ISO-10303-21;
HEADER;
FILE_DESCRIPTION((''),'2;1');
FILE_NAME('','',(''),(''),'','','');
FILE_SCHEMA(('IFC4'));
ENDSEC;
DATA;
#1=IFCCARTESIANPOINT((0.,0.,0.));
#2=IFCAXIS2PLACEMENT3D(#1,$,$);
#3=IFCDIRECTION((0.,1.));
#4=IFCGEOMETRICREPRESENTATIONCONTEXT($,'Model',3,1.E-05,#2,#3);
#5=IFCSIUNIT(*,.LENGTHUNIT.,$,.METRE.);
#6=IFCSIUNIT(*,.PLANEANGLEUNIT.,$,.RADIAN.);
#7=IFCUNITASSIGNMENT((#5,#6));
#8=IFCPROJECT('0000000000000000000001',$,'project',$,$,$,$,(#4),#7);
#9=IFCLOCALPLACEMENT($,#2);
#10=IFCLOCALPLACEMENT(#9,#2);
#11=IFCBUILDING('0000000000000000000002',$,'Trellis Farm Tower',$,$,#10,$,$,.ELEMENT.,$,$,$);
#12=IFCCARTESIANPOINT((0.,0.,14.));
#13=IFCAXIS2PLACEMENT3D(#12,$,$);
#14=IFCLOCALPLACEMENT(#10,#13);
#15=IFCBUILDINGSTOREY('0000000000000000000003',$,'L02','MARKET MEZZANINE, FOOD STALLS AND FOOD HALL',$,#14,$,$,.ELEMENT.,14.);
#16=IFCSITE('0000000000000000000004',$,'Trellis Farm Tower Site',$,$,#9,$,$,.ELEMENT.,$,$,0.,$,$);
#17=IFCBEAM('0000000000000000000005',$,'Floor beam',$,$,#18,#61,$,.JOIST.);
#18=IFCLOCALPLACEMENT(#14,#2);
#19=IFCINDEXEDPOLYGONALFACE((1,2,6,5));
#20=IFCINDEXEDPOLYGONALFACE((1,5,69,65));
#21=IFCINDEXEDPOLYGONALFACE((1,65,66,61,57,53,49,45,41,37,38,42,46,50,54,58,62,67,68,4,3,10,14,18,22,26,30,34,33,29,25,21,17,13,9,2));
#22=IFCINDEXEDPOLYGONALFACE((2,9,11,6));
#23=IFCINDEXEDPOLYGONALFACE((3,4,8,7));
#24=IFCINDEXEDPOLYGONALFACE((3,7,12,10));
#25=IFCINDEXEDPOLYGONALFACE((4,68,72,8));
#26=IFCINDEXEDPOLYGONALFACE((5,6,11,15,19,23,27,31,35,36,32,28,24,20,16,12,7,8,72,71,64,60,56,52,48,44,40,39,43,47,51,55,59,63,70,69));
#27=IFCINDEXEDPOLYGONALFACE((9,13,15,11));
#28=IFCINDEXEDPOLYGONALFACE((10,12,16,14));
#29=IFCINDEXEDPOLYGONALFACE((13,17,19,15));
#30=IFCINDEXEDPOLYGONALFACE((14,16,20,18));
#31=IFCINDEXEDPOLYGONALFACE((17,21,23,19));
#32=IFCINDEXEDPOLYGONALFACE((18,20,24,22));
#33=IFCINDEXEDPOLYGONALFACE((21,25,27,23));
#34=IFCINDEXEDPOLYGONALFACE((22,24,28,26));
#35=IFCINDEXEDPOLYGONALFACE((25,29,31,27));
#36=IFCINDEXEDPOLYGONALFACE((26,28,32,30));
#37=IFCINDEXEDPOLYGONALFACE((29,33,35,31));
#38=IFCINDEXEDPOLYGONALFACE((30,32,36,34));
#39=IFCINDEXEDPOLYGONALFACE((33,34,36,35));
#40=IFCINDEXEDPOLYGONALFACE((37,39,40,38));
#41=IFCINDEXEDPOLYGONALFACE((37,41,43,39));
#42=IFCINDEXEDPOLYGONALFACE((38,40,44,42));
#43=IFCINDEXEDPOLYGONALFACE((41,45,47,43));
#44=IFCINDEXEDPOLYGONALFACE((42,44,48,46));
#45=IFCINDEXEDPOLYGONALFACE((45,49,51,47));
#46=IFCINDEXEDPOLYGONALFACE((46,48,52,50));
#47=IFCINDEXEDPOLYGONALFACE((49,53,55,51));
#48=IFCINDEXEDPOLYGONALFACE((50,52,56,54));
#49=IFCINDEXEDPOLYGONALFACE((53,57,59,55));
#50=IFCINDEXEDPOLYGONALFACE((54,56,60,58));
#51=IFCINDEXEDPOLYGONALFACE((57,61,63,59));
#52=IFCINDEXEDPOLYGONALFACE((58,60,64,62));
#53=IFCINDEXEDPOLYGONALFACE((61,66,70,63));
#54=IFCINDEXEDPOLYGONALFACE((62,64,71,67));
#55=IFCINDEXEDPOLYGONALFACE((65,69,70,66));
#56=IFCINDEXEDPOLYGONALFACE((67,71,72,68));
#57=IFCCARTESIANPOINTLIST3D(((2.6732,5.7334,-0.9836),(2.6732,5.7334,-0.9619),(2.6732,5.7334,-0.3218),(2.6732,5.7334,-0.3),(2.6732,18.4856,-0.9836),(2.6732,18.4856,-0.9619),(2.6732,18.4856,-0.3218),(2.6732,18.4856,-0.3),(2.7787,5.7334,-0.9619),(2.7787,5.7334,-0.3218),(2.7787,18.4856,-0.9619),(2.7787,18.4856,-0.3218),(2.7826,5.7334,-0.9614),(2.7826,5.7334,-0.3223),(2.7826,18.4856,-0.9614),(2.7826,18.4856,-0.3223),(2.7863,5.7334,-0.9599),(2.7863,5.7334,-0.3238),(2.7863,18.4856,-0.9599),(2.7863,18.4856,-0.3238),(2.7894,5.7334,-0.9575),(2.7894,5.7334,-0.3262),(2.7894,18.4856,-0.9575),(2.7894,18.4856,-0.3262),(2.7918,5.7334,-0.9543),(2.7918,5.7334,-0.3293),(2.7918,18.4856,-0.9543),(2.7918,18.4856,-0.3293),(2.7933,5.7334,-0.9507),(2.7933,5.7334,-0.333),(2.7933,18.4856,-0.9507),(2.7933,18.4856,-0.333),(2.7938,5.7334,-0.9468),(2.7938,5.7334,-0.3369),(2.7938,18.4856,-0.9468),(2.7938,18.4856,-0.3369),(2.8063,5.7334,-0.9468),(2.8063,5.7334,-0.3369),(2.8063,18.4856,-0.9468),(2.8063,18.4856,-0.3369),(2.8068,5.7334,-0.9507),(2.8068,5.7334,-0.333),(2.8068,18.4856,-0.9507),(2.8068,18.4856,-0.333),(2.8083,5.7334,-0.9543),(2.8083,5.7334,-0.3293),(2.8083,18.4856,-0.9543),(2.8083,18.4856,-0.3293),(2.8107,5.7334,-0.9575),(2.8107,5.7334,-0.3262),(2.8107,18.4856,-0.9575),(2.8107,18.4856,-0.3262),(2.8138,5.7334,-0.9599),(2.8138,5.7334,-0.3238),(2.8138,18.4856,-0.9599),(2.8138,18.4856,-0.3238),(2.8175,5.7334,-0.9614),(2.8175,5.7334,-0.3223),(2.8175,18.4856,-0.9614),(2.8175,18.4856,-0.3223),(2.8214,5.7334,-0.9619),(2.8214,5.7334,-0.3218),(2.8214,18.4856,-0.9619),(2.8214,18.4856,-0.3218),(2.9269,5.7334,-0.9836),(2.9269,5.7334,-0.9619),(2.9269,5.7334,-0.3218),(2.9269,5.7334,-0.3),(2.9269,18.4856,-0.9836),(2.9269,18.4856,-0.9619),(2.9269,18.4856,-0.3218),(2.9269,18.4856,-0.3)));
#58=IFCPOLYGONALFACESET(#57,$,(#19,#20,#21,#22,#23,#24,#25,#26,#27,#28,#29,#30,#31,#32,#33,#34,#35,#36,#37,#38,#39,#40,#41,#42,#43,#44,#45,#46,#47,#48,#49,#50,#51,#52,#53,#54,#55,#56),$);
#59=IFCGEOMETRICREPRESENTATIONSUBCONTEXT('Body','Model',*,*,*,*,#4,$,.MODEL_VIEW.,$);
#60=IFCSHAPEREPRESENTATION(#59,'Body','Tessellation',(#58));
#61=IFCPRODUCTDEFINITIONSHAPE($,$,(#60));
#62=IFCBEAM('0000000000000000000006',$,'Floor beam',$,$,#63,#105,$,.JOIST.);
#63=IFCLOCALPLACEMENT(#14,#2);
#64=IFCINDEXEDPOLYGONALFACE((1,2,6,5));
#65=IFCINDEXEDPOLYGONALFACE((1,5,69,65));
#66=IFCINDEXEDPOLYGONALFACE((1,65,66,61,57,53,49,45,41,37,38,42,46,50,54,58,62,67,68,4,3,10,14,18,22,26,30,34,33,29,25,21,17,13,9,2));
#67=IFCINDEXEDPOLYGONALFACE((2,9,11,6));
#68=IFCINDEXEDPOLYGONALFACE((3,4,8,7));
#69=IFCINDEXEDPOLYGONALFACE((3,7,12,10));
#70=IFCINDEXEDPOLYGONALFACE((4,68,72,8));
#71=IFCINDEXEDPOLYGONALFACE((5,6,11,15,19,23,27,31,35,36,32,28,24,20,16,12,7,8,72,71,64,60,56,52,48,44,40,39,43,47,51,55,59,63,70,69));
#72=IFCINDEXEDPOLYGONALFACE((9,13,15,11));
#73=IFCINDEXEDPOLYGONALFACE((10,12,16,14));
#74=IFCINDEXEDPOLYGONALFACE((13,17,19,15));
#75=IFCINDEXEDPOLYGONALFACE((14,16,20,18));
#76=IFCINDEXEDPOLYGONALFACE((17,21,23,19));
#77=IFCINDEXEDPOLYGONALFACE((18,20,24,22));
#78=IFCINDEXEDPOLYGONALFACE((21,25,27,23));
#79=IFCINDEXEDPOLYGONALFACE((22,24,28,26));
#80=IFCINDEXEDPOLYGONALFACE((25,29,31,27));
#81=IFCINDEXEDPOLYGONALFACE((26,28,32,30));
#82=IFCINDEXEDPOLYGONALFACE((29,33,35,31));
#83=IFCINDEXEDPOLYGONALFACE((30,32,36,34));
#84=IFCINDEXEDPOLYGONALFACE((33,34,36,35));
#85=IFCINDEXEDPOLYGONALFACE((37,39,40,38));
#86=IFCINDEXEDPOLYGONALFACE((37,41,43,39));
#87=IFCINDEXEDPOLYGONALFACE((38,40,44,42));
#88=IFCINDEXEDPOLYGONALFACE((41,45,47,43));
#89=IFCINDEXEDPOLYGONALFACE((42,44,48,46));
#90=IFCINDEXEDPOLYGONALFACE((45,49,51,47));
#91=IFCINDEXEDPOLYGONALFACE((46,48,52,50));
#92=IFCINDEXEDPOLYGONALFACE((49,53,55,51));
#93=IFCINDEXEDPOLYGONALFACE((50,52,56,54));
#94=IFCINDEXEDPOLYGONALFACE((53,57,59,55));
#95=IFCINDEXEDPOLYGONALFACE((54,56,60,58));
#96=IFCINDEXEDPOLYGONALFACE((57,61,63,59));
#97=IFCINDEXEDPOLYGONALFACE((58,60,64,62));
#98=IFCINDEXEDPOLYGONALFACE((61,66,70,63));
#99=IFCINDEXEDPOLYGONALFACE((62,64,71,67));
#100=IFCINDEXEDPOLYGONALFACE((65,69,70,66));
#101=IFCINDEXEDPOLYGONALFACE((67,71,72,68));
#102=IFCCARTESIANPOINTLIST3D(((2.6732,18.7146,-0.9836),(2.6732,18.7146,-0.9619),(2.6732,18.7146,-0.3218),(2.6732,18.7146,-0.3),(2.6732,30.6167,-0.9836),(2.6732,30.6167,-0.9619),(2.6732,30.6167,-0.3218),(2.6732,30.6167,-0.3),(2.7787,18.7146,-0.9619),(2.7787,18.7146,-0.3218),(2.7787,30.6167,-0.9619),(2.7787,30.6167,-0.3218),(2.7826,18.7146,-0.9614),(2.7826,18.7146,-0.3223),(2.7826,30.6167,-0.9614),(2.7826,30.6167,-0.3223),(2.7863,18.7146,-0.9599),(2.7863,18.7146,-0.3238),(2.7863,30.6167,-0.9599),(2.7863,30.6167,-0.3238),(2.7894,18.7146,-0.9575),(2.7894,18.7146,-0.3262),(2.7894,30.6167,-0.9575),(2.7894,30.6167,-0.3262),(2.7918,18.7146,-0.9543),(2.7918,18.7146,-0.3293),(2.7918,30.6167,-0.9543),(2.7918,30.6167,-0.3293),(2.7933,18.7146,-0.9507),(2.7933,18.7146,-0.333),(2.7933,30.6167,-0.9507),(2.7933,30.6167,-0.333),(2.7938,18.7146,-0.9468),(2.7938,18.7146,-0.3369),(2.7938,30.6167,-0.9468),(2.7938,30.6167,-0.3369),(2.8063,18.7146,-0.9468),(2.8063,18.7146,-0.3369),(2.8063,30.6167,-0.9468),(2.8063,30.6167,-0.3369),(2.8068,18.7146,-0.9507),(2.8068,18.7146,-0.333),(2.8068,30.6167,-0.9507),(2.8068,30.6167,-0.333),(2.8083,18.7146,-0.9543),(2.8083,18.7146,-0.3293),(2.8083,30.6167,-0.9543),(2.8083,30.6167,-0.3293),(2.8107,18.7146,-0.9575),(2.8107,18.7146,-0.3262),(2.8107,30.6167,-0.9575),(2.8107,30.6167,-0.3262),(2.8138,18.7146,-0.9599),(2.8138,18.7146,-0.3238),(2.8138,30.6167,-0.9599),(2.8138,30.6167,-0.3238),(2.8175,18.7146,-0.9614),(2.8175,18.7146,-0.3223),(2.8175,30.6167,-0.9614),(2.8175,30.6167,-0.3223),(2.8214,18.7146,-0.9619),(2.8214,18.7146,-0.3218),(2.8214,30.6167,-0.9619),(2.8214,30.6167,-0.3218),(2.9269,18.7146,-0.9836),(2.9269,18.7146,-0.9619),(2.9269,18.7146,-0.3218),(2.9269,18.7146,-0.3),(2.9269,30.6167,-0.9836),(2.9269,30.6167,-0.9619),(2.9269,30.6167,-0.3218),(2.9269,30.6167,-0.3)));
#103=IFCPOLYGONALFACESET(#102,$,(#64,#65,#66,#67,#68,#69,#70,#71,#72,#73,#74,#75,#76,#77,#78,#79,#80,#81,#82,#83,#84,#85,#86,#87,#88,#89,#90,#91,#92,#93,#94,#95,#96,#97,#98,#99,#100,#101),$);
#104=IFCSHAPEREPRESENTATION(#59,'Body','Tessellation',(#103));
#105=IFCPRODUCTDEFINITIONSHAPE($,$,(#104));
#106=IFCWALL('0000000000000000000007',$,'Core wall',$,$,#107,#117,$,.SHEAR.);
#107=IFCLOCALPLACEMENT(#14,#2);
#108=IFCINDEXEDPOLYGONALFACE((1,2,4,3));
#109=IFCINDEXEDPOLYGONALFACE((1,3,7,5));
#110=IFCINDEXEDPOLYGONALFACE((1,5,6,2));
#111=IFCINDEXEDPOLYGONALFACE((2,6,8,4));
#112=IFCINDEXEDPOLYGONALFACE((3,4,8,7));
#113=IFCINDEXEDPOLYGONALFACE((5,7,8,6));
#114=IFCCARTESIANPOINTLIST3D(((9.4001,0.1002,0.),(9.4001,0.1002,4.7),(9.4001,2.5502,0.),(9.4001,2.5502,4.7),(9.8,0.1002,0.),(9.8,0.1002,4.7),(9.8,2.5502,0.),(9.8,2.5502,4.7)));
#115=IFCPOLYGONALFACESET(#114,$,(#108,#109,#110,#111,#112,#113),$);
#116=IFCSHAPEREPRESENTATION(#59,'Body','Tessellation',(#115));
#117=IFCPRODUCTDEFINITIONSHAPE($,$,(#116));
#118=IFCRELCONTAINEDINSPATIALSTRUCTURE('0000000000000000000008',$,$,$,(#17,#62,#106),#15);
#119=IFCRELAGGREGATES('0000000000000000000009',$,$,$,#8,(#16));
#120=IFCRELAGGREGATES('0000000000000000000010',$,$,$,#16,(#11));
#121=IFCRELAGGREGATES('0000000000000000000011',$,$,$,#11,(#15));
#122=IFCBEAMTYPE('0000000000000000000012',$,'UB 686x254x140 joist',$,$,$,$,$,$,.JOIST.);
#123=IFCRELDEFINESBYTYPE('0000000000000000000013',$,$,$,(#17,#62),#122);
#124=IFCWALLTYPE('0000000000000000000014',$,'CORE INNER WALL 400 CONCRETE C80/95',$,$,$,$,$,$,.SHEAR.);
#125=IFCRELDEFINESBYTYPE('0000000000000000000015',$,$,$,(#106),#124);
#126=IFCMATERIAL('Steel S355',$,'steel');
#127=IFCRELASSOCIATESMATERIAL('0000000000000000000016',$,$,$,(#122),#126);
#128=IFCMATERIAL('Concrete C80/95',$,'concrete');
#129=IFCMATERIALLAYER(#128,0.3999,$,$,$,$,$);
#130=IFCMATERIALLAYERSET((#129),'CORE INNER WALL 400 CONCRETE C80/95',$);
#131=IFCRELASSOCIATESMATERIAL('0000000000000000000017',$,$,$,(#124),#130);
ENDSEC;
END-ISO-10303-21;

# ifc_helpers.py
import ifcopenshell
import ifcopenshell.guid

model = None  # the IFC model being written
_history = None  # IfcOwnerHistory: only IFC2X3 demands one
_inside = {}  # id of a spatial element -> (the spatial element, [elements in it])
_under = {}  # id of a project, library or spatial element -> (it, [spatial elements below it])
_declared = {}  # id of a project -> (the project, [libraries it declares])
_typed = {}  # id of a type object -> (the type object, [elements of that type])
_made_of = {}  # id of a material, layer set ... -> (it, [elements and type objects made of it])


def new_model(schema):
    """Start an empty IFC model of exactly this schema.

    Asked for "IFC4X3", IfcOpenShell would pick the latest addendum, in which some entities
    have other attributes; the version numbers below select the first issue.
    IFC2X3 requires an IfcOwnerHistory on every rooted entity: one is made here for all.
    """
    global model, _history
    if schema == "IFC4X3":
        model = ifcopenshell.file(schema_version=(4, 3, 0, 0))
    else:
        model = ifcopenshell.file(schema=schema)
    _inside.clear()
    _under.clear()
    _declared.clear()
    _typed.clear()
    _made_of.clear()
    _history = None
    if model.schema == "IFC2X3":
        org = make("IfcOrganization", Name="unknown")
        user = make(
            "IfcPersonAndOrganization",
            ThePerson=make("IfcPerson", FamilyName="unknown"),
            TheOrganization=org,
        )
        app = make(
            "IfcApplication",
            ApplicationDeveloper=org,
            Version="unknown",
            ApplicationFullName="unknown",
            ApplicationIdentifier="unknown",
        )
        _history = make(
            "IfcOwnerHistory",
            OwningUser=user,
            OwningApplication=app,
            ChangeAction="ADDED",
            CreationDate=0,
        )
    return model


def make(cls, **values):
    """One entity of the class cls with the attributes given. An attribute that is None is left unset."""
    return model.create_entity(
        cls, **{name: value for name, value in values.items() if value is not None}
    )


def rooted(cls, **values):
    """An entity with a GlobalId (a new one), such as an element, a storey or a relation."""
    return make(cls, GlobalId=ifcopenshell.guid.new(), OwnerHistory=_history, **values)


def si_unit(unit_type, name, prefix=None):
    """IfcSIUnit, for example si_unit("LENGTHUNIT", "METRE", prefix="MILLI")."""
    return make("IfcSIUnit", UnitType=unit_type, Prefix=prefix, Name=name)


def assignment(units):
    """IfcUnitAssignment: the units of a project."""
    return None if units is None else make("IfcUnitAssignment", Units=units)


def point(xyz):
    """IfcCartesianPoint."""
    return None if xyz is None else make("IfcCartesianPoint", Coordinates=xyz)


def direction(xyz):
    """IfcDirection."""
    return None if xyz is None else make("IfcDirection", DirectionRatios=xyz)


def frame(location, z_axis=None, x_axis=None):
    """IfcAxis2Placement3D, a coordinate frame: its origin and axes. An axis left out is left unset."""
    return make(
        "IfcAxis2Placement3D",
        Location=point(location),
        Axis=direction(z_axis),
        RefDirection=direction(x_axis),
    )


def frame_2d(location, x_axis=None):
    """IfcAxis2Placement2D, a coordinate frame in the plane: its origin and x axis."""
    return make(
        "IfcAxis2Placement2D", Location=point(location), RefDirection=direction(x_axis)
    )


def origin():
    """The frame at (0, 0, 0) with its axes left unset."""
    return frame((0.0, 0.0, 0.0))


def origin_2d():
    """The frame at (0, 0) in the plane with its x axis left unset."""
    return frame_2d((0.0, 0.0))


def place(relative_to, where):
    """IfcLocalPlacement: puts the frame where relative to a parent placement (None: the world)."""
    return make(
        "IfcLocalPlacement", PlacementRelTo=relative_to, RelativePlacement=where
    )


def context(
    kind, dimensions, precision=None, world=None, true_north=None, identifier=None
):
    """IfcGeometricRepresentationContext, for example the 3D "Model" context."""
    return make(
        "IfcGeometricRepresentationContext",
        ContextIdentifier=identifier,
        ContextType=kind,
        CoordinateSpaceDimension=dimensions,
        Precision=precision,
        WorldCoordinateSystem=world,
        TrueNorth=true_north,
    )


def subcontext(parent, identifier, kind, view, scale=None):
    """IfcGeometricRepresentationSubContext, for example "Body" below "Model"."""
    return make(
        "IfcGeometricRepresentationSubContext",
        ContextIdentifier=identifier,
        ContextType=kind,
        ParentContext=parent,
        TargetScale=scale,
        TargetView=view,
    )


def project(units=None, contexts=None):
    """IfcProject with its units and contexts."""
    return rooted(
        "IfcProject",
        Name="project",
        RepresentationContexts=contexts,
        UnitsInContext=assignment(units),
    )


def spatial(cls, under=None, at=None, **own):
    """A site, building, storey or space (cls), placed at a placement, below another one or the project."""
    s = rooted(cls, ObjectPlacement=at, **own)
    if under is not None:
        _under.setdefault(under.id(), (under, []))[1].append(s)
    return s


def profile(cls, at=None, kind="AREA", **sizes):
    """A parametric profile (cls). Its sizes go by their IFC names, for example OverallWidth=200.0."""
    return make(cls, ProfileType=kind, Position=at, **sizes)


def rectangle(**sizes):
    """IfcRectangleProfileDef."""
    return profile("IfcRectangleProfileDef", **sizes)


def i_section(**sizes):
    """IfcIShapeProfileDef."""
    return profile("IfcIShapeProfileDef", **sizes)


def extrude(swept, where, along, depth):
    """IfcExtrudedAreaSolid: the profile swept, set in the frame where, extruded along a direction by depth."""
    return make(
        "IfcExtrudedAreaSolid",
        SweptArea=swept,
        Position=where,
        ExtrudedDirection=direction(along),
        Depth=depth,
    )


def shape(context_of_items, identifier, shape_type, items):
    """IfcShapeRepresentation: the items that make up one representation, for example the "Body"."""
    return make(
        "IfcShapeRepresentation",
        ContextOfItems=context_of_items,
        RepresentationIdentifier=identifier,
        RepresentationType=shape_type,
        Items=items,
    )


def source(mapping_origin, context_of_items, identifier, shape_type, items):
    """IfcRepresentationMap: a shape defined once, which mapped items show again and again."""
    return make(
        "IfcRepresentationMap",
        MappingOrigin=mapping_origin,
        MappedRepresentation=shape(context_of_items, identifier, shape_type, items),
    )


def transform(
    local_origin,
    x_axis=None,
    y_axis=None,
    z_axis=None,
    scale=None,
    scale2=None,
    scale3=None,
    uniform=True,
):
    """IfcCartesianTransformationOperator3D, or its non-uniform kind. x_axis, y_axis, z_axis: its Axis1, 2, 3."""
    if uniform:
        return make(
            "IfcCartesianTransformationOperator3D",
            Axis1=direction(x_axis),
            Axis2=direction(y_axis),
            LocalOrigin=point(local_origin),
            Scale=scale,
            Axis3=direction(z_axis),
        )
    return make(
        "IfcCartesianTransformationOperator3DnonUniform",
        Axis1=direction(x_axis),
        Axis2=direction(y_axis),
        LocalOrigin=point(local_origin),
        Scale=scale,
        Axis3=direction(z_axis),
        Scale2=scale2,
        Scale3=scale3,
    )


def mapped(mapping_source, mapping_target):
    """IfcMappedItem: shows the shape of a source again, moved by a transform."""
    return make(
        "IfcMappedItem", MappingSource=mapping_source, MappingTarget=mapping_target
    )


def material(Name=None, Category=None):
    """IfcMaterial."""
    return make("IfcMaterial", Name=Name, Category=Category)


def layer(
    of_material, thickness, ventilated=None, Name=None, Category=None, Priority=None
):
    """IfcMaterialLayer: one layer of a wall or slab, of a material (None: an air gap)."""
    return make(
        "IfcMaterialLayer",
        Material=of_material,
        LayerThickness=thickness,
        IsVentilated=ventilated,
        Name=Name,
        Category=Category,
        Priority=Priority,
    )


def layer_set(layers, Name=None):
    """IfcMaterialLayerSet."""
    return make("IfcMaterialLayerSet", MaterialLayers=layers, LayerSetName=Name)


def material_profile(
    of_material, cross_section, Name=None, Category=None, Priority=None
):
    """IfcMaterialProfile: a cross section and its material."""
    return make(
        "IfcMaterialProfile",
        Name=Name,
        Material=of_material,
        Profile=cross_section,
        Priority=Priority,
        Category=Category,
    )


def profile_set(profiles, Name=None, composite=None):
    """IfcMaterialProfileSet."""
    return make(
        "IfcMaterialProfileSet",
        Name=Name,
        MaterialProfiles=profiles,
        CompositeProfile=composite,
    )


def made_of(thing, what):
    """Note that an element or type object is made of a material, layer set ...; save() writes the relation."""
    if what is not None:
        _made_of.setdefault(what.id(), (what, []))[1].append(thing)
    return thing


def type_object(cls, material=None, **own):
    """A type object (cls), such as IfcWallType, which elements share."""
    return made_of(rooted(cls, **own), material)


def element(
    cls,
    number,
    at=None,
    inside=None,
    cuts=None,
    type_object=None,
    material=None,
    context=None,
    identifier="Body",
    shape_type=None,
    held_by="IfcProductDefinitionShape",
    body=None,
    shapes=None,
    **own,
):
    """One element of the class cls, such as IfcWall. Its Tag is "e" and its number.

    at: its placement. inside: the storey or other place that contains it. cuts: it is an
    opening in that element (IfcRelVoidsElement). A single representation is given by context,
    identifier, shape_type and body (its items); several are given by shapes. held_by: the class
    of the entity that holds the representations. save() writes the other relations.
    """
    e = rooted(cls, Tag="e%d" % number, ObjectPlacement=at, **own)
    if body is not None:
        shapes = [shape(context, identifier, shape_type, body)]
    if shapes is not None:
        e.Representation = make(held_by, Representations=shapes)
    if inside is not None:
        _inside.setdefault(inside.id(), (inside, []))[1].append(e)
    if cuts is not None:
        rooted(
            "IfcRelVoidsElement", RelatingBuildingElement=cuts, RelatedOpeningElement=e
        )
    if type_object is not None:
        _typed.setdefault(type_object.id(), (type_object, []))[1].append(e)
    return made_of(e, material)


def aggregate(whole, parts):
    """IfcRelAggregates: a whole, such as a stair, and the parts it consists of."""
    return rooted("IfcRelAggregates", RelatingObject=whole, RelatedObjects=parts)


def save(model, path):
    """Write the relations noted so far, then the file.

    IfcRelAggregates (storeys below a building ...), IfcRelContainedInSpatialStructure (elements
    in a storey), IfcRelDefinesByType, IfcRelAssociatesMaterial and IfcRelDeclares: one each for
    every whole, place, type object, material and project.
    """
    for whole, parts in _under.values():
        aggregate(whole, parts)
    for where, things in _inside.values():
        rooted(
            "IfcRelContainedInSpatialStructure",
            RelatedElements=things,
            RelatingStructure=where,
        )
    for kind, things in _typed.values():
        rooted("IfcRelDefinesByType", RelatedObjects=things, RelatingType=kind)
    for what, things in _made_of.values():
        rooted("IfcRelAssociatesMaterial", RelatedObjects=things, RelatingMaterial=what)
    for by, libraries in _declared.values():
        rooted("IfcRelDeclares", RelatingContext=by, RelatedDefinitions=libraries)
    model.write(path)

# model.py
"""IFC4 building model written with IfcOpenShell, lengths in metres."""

from ifc_helpers import new_model, si_unit, direction, frame, frame_2d, origin, origin_2d, place, context, subcontext, project, spatial, rectangle, i_section, extrude, source, transform, mapped, material, layer, layer_set, material_profile, profile_set, type_object, element, save


model = new_model("IFC4")

# Units and contexts
model_context = context("Model", 3, precision=1e-05, world=origin(), true_north=direction((0.0, 1.0)))
body_context = subcontext(model_context, "Body", "Model", "MODEL_VIEW")
ifc_project = project(units=[si_unit("LENGTHUNIT", "METRE"), si_unit("PLANEANGLEUNIT", "RADIAN")], contexts=[model_context])

# Site, building, storey
site_placement = place(None, origin())
site = spatial("IfcSite", under=ifc_project, at=site_placement, Name="Trellis Farm Tower Site", CompositionType="ELEMENT", RefElevation=0.0)
building_placement = place(site_placement, origin())
building = spatial("IfcBuilding", under=site, at=building_placement, Name="Trellis Farm Tower", CompositionType="ELEMENT")
storey_placement = place(building_placement, frame((0.0, 0.0, 14.0)))
storey = spatial("IfcBuildingStorey", under=building, at=storey_placement, Name="L02", Description="MARKET MEZZANINE, FOOD STALLS AND FOOD HALL", CompositionType="ELEMENT", Elevation=14.0)

# Shared definitions
ifc_material_1 = material(Name="Concrete C80/95", Category="concrete")

# Beams
ifc_material_2 = material(Name="Steel S355", Category="steel")
ifc_material_profile_1 = material_profile(ifc_material_2, i_section(OverallWidth=0.2537, OverallDepth=0.6836, WebThickness=0.0125, FlangeThickness=0.0217, FilletRadius=0.0151, at=origin_2d()), Name="UB 686x254x140")
ifc_profile_set_1 = profile_set([ifc_material_profile_1], Name="Steel S355")
beam_type_1 = type_object("IfcBeamType", Name="UB 686x254x140 joist", PredefinedType="JOIST", material=ifc_profile_set_1)
shared_shape_1 = source(origin(), body_context, "Body", "SweptSolid", [
    extrude(i_section(OverallWidth=0.2537, OverallDepth=0.6836, WebThickness=0.0125, FlangeThickness=0.0217, FilletRadius=0.0151, at=origin_2d()), origin(), (0.0, 0.0, 1.0), 12.7522),
])
beam_1_placement = place(storey_placement, frame((2.8, 5.7334, -0.6418), z_axis=(0.0, 1.0, 0.0), x_axis=(-1.0, 0.0, 0.0)))
element("IfcBeam", 1, at=beam_1_placement, inside=storey, type_object=beam_type_1, Name="Floor beam", PredefinedType="JOIST", context=body_context, shape_type="MappedRepresentation", body=[
    mapped(shared_shape_1, transform((0.0, 0.0, 0.0))),
])
shared_shape_2 = source(origin(), body_context, "Body", "SweptSolid", [
    extrude(i_section(OverallWidth=0.2537, OverallDepth=0.6836, WebThickness=0.0125, FlangeThickness=0.0217, FilletRadius=0.0151, at=origin_2d()), origin(), (0.0, 0.0, 1.0), 11.9021),
])
beam_2_placement = place(storey_placement, frame((2.8, 18.7146, -0.6418), z_axis=(0.0, 1.0, 0.0), x_axis=(-1.0, 0.0, 0.0)))
element("IfcBeam", 2, at=beam_2_placement, inside=storey, type_object=beam_type_1, Name="Floor beam", PredefinedType="JOIST", context=body_context, shape_type="MappedRepresentation", body=[
    mapped(shared_shape_2, transform((0.0, 0.0, 0.0))),
])

# Wall
ifc_layer_1 = layer(ifc_material_1, 0.3999)
ifc_layer_set_1 = layer_set([ifc_layer_1], Name="CORE INNER WALL 400 CONCRETE C80/95")
wall_type_1 = type_object("IfcWallType", Name="CORE INNER WALL 400 CONCRETE C80/95", PredefinedType="SHEAR", material=ifc_layer_set_1)
shared_shape_3 = source(origin(), body_context, "Body", "SweptSolid", [
    extrude(rectangle(XDim=2.45, YDim=0.3999, at=frame_2d((1.2251, 0.0))), origin(), (0.0, 0.0, 1.0), 4.7),
])
wall_1_placement = place(storey_placement, frame((9.6001, 0.1001, 0.0), z_axis=(0.0, 0.0, 1.0), x_axis=(0.0, 1.0, 0.0)))
element("IfcWall", 3, at=wall_1_placement, inside=storey, type_object=wall_type_1, Name="Core wall", PredefinedType="SHEAR", context=body_context, shape_type="MappedRepresentation", body=[
    mapped(shared_shape_3, transform((0.0, 0.0, 0.0))),
])

save(model, "model.ifc")
